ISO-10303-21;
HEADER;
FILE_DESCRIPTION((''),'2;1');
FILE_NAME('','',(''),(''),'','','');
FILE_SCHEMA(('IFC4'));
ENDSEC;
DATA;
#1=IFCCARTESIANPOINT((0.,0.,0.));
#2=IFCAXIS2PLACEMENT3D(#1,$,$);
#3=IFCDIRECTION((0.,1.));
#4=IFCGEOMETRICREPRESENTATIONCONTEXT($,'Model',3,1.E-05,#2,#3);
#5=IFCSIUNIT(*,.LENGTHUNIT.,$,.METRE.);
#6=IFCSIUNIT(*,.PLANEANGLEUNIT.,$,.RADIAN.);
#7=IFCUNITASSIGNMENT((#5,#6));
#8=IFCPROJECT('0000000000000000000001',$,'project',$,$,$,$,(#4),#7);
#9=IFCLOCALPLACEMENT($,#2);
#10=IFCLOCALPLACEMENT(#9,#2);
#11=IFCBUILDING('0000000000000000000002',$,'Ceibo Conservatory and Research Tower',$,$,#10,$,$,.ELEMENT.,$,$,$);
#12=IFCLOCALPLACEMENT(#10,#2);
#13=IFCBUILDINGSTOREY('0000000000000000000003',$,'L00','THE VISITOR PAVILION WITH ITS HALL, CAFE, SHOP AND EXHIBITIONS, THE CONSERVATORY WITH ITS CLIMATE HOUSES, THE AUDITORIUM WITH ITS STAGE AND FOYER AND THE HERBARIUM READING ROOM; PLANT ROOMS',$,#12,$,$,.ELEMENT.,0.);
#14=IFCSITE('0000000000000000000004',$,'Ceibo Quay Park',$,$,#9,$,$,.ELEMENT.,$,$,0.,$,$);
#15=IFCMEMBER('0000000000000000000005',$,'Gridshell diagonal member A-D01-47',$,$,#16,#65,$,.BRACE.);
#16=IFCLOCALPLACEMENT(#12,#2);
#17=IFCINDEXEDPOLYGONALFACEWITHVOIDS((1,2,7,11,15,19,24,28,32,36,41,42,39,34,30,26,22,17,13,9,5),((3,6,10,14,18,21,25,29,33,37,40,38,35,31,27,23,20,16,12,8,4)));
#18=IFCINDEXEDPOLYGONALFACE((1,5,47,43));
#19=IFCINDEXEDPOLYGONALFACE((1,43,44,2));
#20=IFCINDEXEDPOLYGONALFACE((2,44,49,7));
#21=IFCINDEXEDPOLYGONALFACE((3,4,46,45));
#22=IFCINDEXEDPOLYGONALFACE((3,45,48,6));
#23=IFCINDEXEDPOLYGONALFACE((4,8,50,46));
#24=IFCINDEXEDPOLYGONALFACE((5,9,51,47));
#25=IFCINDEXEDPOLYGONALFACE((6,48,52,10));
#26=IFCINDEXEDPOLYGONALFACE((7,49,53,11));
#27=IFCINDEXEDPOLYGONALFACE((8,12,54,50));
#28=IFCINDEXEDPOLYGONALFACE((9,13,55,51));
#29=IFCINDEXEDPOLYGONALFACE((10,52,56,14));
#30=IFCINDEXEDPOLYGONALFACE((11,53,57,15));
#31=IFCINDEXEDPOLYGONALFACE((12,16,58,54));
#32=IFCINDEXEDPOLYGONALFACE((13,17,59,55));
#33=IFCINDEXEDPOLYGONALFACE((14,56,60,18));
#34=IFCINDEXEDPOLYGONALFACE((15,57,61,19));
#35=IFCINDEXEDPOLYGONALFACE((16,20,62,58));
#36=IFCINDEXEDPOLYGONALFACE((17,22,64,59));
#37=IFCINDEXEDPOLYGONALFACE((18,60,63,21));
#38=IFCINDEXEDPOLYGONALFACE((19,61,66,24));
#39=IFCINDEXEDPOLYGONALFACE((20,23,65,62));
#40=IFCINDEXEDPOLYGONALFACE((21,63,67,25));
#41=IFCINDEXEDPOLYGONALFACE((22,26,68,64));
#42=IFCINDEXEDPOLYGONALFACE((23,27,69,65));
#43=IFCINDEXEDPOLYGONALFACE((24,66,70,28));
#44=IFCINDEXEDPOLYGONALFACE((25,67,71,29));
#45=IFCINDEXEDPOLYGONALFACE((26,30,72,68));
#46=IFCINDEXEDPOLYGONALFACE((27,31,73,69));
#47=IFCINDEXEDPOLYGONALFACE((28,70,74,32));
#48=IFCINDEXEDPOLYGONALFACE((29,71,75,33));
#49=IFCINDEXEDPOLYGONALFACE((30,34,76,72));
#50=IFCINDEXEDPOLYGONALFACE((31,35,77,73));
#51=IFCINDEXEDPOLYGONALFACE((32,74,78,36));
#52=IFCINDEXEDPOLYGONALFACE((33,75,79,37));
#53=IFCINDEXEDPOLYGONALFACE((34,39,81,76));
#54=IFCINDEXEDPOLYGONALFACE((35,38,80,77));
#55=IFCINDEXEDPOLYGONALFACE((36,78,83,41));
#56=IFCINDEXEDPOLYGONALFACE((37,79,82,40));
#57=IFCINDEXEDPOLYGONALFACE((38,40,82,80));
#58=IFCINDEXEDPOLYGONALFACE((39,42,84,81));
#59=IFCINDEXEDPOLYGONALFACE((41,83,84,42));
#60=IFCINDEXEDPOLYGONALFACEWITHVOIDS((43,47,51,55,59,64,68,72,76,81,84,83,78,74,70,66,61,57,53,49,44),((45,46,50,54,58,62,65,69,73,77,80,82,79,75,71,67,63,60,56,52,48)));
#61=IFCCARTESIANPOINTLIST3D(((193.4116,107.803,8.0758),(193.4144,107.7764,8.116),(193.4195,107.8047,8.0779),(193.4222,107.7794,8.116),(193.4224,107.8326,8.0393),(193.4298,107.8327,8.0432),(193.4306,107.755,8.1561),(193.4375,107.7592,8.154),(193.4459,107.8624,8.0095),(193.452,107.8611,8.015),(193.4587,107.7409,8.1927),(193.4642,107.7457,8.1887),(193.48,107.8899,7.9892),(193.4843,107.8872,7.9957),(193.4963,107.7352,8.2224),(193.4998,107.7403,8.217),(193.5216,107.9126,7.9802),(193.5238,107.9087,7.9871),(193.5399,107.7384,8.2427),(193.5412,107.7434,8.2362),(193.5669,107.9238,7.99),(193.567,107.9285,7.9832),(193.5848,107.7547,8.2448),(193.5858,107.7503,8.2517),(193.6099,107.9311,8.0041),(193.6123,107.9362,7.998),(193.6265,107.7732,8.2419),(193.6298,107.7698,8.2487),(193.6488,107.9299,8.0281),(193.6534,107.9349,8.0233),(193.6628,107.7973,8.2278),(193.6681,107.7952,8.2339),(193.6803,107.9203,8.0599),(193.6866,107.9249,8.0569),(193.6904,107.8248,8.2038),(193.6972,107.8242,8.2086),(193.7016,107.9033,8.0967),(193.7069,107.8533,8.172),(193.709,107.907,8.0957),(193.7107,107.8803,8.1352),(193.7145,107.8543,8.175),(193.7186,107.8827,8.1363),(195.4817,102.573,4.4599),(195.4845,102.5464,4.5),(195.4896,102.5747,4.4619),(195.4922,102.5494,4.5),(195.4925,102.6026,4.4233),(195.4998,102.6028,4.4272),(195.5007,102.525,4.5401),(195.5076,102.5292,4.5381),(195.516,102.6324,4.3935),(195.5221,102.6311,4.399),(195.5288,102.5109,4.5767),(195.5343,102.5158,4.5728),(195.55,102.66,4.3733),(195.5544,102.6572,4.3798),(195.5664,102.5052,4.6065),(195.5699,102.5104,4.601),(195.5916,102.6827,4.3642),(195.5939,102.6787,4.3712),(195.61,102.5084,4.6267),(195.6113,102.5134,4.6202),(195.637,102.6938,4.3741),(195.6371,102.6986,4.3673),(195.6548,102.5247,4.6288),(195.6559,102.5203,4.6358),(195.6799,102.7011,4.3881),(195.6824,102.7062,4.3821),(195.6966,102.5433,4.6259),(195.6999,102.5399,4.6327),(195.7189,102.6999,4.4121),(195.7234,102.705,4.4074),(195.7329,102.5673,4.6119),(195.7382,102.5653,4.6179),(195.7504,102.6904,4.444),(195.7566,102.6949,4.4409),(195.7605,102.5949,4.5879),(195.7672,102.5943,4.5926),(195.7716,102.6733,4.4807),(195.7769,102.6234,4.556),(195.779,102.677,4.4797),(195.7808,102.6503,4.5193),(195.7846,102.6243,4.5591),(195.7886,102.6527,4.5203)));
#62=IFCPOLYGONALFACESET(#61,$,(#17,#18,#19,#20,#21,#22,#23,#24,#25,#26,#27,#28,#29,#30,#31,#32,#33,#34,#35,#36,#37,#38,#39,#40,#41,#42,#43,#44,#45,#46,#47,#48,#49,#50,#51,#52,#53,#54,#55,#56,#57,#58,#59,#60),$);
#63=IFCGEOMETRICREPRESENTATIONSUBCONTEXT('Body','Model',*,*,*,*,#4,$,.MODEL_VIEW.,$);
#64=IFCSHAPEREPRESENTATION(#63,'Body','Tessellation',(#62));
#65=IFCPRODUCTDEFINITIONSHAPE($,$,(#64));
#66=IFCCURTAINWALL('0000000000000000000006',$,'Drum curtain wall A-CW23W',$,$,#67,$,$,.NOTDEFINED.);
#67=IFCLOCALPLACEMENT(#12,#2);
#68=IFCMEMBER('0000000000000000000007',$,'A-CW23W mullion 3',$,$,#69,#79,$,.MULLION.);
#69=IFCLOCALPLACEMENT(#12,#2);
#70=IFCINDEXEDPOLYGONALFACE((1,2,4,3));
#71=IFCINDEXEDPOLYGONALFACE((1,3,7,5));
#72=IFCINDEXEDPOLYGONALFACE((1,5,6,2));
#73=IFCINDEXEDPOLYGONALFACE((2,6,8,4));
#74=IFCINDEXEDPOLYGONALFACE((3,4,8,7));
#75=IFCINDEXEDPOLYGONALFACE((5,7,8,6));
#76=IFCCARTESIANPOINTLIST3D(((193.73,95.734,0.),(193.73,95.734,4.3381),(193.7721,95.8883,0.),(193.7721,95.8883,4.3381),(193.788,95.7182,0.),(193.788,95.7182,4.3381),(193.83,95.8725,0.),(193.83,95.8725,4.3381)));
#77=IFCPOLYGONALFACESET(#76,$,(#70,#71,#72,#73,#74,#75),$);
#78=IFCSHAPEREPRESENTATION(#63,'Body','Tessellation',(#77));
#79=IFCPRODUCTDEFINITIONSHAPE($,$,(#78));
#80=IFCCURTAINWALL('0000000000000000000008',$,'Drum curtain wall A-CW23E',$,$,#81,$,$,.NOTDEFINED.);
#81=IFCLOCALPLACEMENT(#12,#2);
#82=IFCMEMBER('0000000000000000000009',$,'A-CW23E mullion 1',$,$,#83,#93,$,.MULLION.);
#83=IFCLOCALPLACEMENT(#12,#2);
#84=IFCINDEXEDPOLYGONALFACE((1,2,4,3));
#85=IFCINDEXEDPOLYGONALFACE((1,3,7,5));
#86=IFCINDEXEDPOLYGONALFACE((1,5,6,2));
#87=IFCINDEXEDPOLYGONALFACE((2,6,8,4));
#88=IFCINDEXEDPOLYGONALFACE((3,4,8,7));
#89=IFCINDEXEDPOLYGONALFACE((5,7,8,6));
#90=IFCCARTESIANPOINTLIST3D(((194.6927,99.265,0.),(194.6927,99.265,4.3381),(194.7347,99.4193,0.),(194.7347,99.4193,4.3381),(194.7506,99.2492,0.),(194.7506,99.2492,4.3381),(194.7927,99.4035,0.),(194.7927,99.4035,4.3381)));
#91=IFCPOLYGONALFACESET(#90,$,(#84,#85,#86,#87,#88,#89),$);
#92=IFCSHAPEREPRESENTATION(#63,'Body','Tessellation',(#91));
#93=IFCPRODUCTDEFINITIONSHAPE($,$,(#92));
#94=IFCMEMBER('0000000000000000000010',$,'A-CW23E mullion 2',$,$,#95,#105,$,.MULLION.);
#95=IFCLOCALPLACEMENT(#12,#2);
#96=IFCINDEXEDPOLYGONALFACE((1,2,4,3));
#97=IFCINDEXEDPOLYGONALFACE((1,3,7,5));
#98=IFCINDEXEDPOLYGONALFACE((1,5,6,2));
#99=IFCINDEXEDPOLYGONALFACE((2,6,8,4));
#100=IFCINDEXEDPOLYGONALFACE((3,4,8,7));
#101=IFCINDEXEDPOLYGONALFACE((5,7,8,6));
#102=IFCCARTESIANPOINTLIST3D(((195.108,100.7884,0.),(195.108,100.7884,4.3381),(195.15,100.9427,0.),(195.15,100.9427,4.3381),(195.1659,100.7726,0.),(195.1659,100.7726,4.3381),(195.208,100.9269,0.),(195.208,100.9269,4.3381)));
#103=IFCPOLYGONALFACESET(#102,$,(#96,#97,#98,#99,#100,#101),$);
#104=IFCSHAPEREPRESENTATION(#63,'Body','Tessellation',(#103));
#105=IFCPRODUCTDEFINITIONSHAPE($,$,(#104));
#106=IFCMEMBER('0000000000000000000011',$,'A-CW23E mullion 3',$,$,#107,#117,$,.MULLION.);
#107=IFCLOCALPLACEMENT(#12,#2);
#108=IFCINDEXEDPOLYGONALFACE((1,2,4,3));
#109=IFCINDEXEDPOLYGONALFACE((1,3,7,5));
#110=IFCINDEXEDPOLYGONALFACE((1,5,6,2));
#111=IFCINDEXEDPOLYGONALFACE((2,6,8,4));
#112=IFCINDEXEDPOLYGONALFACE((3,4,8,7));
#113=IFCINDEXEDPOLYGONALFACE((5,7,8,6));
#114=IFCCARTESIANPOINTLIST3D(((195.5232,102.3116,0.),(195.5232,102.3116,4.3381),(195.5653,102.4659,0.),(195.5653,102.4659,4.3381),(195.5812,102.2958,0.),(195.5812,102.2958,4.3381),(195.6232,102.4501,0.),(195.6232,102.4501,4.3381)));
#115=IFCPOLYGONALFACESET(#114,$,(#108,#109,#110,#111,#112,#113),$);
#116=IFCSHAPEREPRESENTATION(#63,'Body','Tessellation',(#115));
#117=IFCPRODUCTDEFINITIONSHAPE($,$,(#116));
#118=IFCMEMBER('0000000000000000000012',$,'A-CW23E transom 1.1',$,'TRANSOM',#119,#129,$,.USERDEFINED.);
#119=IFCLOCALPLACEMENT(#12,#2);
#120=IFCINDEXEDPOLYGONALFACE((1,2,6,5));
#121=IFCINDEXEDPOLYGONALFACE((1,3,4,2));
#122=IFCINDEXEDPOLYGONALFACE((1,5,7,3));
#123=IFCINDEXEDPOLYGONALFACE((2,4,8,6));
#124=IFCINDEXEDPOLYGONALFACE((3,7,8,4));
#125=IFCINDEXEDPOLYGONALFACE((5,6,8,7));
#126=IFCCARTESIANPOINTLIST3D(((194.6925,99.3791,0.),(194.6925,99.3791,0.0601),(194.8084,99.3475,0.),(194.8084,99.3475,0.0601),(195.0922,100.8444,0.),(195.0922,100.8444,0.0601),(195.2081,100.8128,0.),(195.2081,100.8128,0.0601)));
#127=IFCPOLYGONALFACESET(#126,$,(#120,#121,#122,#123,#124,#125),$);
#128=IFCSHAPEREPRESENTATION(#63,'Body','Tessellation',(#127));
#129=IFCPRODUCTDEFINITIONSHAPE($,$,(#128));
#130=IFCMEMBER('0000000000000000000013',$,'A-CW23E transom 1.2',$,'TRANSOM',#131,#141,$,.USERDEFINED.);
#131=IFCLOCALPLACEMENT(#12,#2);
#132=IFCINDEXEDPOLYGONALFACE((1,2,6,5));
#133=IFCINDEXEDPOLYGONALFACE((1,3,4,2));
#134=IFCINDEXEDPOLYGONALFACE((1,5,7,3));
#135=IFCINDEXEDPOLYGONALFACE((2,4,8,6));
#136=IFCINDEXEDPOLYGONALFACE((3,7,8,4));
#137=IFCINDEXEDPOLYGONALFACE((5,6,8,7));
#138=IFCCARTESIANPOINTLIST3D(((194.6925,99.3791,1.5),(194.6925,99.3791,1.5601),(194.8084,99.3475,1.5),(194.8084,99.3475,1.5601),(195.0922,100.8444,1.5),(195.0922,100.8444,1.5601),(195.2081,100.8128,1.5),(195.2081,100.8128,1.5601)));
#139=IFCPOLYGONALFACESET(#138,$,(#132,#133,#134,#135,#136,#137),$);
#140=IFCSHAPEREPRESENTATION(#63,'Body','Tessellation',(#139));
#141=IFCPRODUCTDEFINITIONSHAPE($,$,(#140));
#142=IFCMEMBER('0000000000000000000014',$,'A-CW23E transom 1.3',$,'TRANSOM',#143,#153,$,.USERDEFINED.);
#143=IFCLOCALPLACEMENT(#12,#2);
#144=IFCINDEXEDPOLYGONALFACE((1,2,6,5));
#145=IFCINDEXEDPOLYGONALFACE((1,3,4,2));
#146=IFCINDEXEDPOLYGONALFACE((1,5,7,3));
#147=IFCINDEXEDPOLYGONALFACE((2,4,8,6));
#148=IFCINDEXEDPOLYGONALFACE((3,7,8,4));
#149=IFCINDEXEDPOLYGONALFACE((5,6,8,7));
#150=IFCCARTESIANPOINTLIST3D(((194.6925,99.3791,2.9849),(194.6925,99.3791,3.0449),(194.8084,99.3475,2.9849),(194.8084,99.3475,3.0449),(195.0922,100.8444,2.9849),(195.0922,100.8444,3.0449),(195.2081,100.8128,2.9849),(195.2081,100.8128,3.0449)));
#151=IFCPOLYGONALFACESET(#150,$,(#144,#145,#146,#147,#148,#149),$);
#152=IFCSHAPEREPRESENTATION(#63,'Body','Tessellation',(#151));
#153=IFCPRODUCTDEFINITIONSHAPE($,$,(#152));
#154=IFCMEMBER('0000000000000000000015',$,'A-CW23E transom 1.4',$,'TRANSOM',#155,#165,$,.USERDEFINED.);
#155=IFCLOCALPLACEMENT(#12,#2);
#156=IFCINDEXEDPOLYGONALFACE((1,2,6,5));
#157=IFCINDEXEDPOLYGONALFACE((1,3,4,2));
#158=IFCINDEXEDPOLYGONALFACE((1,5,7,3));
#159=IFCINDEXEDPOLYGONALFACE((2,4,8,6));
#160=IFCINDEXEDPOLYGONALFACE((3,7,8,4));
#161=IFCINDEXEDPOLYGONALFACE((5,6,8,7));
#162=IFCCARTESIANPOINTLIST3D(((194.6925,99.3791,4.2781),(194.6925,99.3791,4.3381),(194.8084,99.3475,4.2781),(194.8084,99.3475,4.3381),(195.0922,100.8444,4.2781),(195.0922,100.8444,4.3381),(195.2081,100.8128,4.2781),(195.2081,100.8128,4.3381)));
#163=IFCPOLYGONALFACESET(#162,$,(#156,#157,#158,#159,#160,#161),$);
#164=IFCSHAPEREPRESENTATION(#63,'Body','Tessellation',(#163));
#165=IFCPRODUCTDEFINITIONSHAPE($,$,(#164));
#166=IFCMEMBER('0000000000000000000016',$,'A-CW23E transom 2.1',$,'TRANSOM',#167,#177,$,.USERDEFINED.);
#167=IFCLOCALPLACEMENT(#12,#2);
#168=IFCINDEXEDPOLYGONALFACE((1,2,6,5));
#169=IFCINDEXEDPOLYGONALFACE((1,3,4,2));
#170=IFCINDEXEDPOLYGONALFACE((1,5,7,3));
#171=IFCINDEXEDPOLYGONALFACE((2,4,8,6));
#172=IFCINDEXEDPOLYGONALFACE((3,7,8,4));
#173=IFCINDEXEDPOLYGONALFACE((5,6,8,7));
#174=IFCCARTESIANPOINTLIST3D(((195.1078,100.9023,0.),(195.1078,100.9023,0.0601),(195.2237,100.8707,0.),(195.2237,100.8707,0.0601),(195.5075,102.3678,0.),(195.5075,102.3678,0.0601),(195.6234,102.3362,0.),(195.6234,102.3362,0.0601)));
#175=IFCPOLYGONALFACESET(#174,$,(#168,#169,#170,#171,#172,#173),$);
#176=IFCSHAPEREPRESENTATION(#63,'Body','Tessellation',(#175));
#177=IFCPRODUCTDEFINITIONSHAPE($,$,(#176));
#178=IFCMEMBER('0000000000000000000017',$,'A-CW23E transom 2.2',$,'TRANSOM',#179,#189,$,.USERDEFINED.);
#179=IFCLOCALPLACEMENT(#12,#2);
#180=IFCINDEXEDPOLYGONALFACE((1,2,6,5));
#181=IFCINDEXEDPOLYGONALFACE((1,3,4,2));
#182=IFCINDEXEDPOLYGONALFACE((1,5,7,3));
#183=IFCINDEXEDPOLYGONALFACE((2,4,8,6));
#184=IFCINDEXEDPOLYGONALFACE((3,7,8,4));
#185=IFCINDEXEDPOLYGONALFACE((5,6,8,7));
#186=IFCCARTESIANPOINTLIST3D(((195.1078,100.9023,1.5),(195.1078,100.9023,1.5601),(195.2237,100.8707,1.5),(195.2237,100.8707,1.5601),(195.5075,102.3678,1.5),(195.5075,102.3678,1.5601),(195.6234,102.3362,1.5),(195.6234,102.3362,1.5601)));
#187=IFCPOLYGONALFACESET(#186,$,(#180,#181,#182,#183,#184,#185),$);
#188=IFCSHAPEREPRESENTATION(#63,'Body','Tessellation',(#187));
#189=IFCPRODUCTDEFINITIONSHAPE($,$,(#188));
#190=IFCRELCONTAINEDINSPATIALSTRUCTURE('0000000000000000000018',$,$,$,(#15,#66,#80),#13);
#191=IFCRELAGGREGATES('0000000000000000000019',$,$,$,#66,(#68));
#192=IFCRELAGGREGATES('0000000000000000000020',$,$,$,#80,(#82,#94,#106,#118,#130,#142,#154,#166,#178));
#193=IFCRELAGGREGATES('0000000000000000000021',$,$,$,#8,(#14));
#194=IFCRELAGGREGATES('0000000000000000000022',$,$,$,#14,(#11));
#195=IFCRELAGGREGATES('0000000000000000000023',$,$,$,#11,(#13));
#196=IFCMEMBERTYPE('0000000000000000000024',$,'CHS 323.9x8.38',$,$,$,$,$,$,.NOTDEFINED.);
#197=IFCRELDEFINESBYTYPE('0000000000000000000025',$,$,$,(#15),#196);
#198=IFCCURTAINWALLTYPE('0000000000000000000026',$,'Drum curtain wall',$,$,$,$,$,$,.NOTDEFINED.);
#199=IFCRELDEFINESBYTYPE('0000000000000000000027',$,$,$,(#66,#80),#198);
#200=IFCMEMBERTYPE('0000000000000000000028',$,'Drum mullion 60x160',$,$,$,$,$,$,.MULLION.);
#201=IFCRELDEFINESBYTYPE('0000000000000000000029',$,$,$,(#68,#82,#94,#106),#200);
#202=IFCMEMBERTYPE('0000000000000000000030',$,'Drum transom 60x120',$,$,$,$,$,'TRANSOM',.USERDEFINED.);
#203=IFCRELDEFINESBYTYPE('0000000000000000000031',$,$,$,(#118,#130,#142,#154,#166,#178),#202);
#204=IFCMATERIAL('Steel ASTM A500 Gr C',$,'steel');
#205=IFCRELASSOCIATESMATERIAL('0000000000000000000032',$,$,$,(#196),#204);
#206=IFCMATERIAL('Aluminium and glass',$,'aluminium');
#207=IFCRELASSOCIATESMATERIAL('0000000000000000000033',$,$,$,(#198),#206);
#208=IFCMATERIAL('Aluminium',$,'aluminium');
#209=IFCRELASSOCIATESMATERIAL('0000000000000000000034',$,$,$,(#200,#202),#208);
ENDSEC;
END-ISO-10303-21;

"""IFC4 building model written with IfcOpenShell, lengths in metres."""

from ifc_helpers import new_model, si_unit, direction, frame, origin, origin_2d, place, context, subcontext, project, spatial, rectangle, hollow_circle, extrude, material, material_profile, profile_set, type_object, element, aggregate, save


model = new_model("IFC4")

# Units and contexts
model_context = context("Model", 3, precision=1e-05, world=origin(), true_north=direction((0.0, 1.0)))
body_context = subcontext(model_context, "Body", "Model", "MODEL_VIEW")
ifc_project = project(units=[si_unit("LENGTHUNIT", "METRE"), si_unit("PLANEANGLEUNIT", "RADIAN")], contexts=[model_context])

# Site, building, storey
site_placement = place(None, origin())
site = spatial("IfcSite", under=ifc_project, at=site_placement, Name="Ceibo Quay Park", CompositionType="ELEMENT", RefElevation=0.0)
building_placement = place(site_placement, origin())
building = spatial("IfcBuilding", under=site, at=building_placement, Name="Ceibo Conservatory and Research Tower", CompositionType="ELEMENT")
storey_placement = place(building_placement, origin())
storey = spatial("IfcBuildingStorey", under=building, at=storey_placement, Name="L00", Description="THE VISITOR PAVILION WITH ITS HALL, CAFE, SHOP AND EXHIBITIONS, THE CONSERVATORY WITH ITS CLIMATE HOUSES, THE AUDITORIUM WITH ITS STAGE AND FOYER AND THE HERBARIUM READING ROOM; PLANT ROOMS", CompositionType="ELEMENT", Elevation=0.0)

# Shared definitions
ifc_material_1 = material(Name="Steel ASTM A500 Gr C", Category="steel")

# Member
ifc_material_profile_1 = material_profile(ifc_material_1, hollow_circle(Radius=0.1619, WallThickness=0.0083, at=origin_2d()), Name="CHS 323.9x8.38")
ifc_profile_set_1 = profile_set([ifc_material_profile_1], Name="Steel ASTM A500 Gr C")
member_type_1 = type_object("IfcMemberType", Name="CHS 323.9x8.38", PredefinedType="NOTDEFINED", material=ifc_profile_set_1)
member_1_placement = place(storey_placement, frame((195.635, 102.606, 4.5), z_axis=(-0.309576, 0.782137, 0.540763), x_axis=(-0.929815, -0.368028, 0.0)))
element("IfcMember", 1, at=member_1_placement, inside=storey, type_object=member_type_1, Name="Gridshell diagonal member A-D01-47", PredefinedType="BRACE", context=body_context, shape_type="SweptSolid", body=[
    extrude(hollow_circle(Radius=0.1619, WallThickness=0.0083, at=origin_2d()), origin(), (0.0, 0.0, 1.0), 6.6868),
])

# Curtain wall, member
ifc_material_2 = material(Name="Aluminium and glass", Category="aluminium")
curtain_wall_type = type_object("IfcCurtainWallType", Name="Drum curtain wall", PredefinedType="NOTDEFINED", material=ifc_material_2)
curtain_wall_1_placement = place(storey_placement, origin())
curtain_wall_1 = element("IfcCurtainWall", 2, at=curtain_wall_1_placement, inside=storey, type_object=curtain_wall_type, Name="Drum curtain wall A-CW23W", PredefinedType="NOTDEFINED")
ifc_material_3 = material(Name="Aluminium", Category="aluminium")
ifc_material_profile_2 = material_profile(ifc_material_3, rectangle(XDim=0.0601, YDim=0.1599, at=origin_2d()), Name="AL 60x160")
ifc_profile_set_2 = profile_set([ifc_material_profile_2], Name="Aluminium")
member_type_2 = type_object("IfcMemberType", Name="Drum mullion 60x160", PredefinedType="MULLION", material=ifc_profile_set_2)
member_2_placement = place(storey_placement, frame((193.78, 95.8032, 0.0), z_axis=(0.0, 0.0, 1.0), x_axis=(-0.964787, 0.263031, 0.0)))
member_2 = element("IfcMember", 3, at=member_2_placement, type_object=member_type_2, Name="A-CW23W mullion 3", PredefinedType="MULLION", context=body_context, shape_type="SweptSolid", body=[
    extrude(rectangle(XDim=0.0601, YDim=0.1599, at=origin_2d()), origin(), (0.0, 0.0, 1.0), 4.3381),
])
aggregate(curtain_wall_1, [member_2])

# Curtain wall, members
curtain_wall_2_placement = place(storey_placement, origin())
curtain_wall_2 = element("IfcCurtainWall", 4, at=curtain_wall_2_placement, inside=storey, type_object=curtain_wall_type, Name="Drum curtain wall A-CW23E", PredefinedType="NOTDEFINED")
member_3_placement = place(storey_placement, frame((194.7427, 99.3342, 0.0), z_axis=(0.0, 0.0, 1.0), x_axis=(-0.964787, 0.263031, 0.0)))
member_3 = element("IfcMember", 5, at=member_3_placement, type_object=member_type_2, Name="A-CW23E mullion 1", PredefinedType="MULLION", context=body_context, shape_type="SweptSolid", body=[
    extrude(rectangle(XDim=0.0601, YDim=0.1599, at=origin_2d()), origin(), (0.0, 0.0, 1.0), 4.3381),
])
member_4_placement = place(storey_placement, frame((195.158, 100.8577, 0.0), z_axis=(0.0, 0.0, 1.0), x_axis=(-0.964787, 0.263031, 0.0)))
member_4 = element("IfcMember", 6, at=member_4_placement, type_object=member_type_2, Name="A-CW23E mullion 2", PredefinedType="MULLION", context=body_context, shape_type="SweptSolid", body=[
    extrude(rectangle(XDim=0.0601, YDim=0.1599, at=origin_2d()), origin(), (0.0, 0.0, 1.0), 4.3381),
])
member_5_placement = place(storey_placement, frame((195.5732, 102.3809, 0.0), z_axis=(0.0, 0.0, 1.0), x_axis=(-0.964787, 0.263031, 0.0)))
member_5 = element("IfcMember", 7, at=member_5_placement, type_object=member_type_2, Name="A-CW23E mullion 3", PredefinedType="MULLION", context=body_context, shape_type="SweptSolid", body=[
    extrude(rectangle(XDim=0.0601, YDim=0.1599, at=origin_2d()), origin(), (0.0, 0.0, 1.0), 4.3381),
])
ifc_material_profile_3 = material_profile(ifc_material_3, rectangle(XDim=0.1201, YDim=0.0601, at=origin_2d()), Name="AL 60x120")
ifc_profile_set_3 = profile_set([ifc_material_profile_3], Name="Aluminium")
member_type_3 = type_object("IfcMemberType", Name="Drum transom 60x120", ElementType="TRANSOM", PredefinedType="USERDEFINED", material=ifc_profile_set_3)
member_6_placement = place(storey_placement, frame((194.7505, 99.3633, 0.03), z_axis=(0.263131, 0.96476, 0.0), x_axis=(-0.96476, 0.263131, 0.0)))
member_6 = element("IfcMember", 8, at=member_6_placement, type_object=member_type_3, Name="A-CW23E transom 1.1", ObjectType="TRANSOM", PredefinedType="USERDEFINED", context=body_context, shape_type="SweptSolid", body=[
    extrude(rectangle(XDim=0.1201, YDim=0.0601, at=origin_2d()), origin(), (0.0, 0.0, 1.0), 1.5188),
])
member_7_placement = place(storey_placement, frame((194.7505, 99.3633, 1.53), z_axis=(0.263131, 0.96476, 0.0), x_axis=(-0.96476, 0.263131, 0.0)))
member_7 = element("IfcMember", 9, at=member_7_placement, type_object=member_type_3, Name="A-CW23E transom 1.2", ObjectType="TRANSOM", PredefinedType="USERDEFINED", context=body_context, shape_type="SweptSolid", body=[
    extrude(rectangle(XDim=0.1201, YDim=0.0601, at=origin_2d()), origin(), (0.0, 0.0, 1.0), 1.5188),
])
member_8_placement = place(storey_placement, frame((194.7505, 99.3633, 3.0149), z_axis=(0.263131, 0.96476, 0.0), x_axis=(-0.96476, 0.263131, 0.0)))
member_8 = element("IfcMember", 10, at=member_8_placement, type_object=member_type_3, Name="A-CW23E transom 1.3", ObjectType="TRANSOM", PredefinedType="USERDEFINED", context=body_context, shape_type="SweptSolid", body=[
    extrude(rectangle(XDim=0.1201, YDim=0.0601, at=origin_2d()), origin(), (0.0, 0.0, 1.0), 1.5188),
])
member_9_placement = place(storey_placement, frame((194.7505, 99.3633, 4.3081), z_axis=(0.263131, 0.96476, 0.0), x_axis=(-0.96476, 0.263131, 0.0)))
member_9 = element("IfcMember", 11, at=member_9_placement, type_object=member_type_3, Name="A-CW23E transom 1.4", ObjectType="TRANSOM", PredefinedType="USERDEFINED", context=body_context, shape_type="SweptSolid", body=[
    extrude(rectangle(XDim=0.1201, YDim=0.0601, at=origin_2d()), origin(), (0.0, 0.0, 1.0), 1.5188),
])
member_10_placement = place(storey_placement, frame((195.1658, 100.8865, 0.03), z_axis=(0.26309, 0.964771, 0.0), x_axis=(-0.964771, 0.26309, 0.0)))
member_10 = element("IfcMember", 12, at=member_10_placement, type_object=member_type_3, Name="A-CW23E transom 2.1", ObjectType="TRANSOM", PredefinedType="USERDEFINED", context=body_context, shape_type="SweptSolid", body=[
    extrude(rectangle(XDim=0.1201, YDim=0.0601, at=origin_2d()), origin(), (0.0, 0.0, 1.0), 1.519),
])
member_11_placement = place(storey_placement, frame((195.1658, 100.8865, 1.53), z_axis=(0.26309, 0.964771, 0.0), x_axis=(-0.964771, 0.26309, 0.0)))
member_11 = element("IfcMember", 13, at=member_11_placement, type_object=member_type_3, Name="A-CW23E transom 2.2", ObjectType="TRANSOM", PredefinedType="USERDEFINED", context=body_context, shape_type="SweptSolid", body=[
    extrude(rectangle(XDim=0.1201, YDim=0.0601, at=origin_2d()), origin(), (0.0, 0.0, 1.0), 1.519),
])
aggregate(curtain_wall_2, [member_3, member_4, member_5, member_6, member_7, member_8, member_9, member_10, member_11])

save(model, "model.ifc")
